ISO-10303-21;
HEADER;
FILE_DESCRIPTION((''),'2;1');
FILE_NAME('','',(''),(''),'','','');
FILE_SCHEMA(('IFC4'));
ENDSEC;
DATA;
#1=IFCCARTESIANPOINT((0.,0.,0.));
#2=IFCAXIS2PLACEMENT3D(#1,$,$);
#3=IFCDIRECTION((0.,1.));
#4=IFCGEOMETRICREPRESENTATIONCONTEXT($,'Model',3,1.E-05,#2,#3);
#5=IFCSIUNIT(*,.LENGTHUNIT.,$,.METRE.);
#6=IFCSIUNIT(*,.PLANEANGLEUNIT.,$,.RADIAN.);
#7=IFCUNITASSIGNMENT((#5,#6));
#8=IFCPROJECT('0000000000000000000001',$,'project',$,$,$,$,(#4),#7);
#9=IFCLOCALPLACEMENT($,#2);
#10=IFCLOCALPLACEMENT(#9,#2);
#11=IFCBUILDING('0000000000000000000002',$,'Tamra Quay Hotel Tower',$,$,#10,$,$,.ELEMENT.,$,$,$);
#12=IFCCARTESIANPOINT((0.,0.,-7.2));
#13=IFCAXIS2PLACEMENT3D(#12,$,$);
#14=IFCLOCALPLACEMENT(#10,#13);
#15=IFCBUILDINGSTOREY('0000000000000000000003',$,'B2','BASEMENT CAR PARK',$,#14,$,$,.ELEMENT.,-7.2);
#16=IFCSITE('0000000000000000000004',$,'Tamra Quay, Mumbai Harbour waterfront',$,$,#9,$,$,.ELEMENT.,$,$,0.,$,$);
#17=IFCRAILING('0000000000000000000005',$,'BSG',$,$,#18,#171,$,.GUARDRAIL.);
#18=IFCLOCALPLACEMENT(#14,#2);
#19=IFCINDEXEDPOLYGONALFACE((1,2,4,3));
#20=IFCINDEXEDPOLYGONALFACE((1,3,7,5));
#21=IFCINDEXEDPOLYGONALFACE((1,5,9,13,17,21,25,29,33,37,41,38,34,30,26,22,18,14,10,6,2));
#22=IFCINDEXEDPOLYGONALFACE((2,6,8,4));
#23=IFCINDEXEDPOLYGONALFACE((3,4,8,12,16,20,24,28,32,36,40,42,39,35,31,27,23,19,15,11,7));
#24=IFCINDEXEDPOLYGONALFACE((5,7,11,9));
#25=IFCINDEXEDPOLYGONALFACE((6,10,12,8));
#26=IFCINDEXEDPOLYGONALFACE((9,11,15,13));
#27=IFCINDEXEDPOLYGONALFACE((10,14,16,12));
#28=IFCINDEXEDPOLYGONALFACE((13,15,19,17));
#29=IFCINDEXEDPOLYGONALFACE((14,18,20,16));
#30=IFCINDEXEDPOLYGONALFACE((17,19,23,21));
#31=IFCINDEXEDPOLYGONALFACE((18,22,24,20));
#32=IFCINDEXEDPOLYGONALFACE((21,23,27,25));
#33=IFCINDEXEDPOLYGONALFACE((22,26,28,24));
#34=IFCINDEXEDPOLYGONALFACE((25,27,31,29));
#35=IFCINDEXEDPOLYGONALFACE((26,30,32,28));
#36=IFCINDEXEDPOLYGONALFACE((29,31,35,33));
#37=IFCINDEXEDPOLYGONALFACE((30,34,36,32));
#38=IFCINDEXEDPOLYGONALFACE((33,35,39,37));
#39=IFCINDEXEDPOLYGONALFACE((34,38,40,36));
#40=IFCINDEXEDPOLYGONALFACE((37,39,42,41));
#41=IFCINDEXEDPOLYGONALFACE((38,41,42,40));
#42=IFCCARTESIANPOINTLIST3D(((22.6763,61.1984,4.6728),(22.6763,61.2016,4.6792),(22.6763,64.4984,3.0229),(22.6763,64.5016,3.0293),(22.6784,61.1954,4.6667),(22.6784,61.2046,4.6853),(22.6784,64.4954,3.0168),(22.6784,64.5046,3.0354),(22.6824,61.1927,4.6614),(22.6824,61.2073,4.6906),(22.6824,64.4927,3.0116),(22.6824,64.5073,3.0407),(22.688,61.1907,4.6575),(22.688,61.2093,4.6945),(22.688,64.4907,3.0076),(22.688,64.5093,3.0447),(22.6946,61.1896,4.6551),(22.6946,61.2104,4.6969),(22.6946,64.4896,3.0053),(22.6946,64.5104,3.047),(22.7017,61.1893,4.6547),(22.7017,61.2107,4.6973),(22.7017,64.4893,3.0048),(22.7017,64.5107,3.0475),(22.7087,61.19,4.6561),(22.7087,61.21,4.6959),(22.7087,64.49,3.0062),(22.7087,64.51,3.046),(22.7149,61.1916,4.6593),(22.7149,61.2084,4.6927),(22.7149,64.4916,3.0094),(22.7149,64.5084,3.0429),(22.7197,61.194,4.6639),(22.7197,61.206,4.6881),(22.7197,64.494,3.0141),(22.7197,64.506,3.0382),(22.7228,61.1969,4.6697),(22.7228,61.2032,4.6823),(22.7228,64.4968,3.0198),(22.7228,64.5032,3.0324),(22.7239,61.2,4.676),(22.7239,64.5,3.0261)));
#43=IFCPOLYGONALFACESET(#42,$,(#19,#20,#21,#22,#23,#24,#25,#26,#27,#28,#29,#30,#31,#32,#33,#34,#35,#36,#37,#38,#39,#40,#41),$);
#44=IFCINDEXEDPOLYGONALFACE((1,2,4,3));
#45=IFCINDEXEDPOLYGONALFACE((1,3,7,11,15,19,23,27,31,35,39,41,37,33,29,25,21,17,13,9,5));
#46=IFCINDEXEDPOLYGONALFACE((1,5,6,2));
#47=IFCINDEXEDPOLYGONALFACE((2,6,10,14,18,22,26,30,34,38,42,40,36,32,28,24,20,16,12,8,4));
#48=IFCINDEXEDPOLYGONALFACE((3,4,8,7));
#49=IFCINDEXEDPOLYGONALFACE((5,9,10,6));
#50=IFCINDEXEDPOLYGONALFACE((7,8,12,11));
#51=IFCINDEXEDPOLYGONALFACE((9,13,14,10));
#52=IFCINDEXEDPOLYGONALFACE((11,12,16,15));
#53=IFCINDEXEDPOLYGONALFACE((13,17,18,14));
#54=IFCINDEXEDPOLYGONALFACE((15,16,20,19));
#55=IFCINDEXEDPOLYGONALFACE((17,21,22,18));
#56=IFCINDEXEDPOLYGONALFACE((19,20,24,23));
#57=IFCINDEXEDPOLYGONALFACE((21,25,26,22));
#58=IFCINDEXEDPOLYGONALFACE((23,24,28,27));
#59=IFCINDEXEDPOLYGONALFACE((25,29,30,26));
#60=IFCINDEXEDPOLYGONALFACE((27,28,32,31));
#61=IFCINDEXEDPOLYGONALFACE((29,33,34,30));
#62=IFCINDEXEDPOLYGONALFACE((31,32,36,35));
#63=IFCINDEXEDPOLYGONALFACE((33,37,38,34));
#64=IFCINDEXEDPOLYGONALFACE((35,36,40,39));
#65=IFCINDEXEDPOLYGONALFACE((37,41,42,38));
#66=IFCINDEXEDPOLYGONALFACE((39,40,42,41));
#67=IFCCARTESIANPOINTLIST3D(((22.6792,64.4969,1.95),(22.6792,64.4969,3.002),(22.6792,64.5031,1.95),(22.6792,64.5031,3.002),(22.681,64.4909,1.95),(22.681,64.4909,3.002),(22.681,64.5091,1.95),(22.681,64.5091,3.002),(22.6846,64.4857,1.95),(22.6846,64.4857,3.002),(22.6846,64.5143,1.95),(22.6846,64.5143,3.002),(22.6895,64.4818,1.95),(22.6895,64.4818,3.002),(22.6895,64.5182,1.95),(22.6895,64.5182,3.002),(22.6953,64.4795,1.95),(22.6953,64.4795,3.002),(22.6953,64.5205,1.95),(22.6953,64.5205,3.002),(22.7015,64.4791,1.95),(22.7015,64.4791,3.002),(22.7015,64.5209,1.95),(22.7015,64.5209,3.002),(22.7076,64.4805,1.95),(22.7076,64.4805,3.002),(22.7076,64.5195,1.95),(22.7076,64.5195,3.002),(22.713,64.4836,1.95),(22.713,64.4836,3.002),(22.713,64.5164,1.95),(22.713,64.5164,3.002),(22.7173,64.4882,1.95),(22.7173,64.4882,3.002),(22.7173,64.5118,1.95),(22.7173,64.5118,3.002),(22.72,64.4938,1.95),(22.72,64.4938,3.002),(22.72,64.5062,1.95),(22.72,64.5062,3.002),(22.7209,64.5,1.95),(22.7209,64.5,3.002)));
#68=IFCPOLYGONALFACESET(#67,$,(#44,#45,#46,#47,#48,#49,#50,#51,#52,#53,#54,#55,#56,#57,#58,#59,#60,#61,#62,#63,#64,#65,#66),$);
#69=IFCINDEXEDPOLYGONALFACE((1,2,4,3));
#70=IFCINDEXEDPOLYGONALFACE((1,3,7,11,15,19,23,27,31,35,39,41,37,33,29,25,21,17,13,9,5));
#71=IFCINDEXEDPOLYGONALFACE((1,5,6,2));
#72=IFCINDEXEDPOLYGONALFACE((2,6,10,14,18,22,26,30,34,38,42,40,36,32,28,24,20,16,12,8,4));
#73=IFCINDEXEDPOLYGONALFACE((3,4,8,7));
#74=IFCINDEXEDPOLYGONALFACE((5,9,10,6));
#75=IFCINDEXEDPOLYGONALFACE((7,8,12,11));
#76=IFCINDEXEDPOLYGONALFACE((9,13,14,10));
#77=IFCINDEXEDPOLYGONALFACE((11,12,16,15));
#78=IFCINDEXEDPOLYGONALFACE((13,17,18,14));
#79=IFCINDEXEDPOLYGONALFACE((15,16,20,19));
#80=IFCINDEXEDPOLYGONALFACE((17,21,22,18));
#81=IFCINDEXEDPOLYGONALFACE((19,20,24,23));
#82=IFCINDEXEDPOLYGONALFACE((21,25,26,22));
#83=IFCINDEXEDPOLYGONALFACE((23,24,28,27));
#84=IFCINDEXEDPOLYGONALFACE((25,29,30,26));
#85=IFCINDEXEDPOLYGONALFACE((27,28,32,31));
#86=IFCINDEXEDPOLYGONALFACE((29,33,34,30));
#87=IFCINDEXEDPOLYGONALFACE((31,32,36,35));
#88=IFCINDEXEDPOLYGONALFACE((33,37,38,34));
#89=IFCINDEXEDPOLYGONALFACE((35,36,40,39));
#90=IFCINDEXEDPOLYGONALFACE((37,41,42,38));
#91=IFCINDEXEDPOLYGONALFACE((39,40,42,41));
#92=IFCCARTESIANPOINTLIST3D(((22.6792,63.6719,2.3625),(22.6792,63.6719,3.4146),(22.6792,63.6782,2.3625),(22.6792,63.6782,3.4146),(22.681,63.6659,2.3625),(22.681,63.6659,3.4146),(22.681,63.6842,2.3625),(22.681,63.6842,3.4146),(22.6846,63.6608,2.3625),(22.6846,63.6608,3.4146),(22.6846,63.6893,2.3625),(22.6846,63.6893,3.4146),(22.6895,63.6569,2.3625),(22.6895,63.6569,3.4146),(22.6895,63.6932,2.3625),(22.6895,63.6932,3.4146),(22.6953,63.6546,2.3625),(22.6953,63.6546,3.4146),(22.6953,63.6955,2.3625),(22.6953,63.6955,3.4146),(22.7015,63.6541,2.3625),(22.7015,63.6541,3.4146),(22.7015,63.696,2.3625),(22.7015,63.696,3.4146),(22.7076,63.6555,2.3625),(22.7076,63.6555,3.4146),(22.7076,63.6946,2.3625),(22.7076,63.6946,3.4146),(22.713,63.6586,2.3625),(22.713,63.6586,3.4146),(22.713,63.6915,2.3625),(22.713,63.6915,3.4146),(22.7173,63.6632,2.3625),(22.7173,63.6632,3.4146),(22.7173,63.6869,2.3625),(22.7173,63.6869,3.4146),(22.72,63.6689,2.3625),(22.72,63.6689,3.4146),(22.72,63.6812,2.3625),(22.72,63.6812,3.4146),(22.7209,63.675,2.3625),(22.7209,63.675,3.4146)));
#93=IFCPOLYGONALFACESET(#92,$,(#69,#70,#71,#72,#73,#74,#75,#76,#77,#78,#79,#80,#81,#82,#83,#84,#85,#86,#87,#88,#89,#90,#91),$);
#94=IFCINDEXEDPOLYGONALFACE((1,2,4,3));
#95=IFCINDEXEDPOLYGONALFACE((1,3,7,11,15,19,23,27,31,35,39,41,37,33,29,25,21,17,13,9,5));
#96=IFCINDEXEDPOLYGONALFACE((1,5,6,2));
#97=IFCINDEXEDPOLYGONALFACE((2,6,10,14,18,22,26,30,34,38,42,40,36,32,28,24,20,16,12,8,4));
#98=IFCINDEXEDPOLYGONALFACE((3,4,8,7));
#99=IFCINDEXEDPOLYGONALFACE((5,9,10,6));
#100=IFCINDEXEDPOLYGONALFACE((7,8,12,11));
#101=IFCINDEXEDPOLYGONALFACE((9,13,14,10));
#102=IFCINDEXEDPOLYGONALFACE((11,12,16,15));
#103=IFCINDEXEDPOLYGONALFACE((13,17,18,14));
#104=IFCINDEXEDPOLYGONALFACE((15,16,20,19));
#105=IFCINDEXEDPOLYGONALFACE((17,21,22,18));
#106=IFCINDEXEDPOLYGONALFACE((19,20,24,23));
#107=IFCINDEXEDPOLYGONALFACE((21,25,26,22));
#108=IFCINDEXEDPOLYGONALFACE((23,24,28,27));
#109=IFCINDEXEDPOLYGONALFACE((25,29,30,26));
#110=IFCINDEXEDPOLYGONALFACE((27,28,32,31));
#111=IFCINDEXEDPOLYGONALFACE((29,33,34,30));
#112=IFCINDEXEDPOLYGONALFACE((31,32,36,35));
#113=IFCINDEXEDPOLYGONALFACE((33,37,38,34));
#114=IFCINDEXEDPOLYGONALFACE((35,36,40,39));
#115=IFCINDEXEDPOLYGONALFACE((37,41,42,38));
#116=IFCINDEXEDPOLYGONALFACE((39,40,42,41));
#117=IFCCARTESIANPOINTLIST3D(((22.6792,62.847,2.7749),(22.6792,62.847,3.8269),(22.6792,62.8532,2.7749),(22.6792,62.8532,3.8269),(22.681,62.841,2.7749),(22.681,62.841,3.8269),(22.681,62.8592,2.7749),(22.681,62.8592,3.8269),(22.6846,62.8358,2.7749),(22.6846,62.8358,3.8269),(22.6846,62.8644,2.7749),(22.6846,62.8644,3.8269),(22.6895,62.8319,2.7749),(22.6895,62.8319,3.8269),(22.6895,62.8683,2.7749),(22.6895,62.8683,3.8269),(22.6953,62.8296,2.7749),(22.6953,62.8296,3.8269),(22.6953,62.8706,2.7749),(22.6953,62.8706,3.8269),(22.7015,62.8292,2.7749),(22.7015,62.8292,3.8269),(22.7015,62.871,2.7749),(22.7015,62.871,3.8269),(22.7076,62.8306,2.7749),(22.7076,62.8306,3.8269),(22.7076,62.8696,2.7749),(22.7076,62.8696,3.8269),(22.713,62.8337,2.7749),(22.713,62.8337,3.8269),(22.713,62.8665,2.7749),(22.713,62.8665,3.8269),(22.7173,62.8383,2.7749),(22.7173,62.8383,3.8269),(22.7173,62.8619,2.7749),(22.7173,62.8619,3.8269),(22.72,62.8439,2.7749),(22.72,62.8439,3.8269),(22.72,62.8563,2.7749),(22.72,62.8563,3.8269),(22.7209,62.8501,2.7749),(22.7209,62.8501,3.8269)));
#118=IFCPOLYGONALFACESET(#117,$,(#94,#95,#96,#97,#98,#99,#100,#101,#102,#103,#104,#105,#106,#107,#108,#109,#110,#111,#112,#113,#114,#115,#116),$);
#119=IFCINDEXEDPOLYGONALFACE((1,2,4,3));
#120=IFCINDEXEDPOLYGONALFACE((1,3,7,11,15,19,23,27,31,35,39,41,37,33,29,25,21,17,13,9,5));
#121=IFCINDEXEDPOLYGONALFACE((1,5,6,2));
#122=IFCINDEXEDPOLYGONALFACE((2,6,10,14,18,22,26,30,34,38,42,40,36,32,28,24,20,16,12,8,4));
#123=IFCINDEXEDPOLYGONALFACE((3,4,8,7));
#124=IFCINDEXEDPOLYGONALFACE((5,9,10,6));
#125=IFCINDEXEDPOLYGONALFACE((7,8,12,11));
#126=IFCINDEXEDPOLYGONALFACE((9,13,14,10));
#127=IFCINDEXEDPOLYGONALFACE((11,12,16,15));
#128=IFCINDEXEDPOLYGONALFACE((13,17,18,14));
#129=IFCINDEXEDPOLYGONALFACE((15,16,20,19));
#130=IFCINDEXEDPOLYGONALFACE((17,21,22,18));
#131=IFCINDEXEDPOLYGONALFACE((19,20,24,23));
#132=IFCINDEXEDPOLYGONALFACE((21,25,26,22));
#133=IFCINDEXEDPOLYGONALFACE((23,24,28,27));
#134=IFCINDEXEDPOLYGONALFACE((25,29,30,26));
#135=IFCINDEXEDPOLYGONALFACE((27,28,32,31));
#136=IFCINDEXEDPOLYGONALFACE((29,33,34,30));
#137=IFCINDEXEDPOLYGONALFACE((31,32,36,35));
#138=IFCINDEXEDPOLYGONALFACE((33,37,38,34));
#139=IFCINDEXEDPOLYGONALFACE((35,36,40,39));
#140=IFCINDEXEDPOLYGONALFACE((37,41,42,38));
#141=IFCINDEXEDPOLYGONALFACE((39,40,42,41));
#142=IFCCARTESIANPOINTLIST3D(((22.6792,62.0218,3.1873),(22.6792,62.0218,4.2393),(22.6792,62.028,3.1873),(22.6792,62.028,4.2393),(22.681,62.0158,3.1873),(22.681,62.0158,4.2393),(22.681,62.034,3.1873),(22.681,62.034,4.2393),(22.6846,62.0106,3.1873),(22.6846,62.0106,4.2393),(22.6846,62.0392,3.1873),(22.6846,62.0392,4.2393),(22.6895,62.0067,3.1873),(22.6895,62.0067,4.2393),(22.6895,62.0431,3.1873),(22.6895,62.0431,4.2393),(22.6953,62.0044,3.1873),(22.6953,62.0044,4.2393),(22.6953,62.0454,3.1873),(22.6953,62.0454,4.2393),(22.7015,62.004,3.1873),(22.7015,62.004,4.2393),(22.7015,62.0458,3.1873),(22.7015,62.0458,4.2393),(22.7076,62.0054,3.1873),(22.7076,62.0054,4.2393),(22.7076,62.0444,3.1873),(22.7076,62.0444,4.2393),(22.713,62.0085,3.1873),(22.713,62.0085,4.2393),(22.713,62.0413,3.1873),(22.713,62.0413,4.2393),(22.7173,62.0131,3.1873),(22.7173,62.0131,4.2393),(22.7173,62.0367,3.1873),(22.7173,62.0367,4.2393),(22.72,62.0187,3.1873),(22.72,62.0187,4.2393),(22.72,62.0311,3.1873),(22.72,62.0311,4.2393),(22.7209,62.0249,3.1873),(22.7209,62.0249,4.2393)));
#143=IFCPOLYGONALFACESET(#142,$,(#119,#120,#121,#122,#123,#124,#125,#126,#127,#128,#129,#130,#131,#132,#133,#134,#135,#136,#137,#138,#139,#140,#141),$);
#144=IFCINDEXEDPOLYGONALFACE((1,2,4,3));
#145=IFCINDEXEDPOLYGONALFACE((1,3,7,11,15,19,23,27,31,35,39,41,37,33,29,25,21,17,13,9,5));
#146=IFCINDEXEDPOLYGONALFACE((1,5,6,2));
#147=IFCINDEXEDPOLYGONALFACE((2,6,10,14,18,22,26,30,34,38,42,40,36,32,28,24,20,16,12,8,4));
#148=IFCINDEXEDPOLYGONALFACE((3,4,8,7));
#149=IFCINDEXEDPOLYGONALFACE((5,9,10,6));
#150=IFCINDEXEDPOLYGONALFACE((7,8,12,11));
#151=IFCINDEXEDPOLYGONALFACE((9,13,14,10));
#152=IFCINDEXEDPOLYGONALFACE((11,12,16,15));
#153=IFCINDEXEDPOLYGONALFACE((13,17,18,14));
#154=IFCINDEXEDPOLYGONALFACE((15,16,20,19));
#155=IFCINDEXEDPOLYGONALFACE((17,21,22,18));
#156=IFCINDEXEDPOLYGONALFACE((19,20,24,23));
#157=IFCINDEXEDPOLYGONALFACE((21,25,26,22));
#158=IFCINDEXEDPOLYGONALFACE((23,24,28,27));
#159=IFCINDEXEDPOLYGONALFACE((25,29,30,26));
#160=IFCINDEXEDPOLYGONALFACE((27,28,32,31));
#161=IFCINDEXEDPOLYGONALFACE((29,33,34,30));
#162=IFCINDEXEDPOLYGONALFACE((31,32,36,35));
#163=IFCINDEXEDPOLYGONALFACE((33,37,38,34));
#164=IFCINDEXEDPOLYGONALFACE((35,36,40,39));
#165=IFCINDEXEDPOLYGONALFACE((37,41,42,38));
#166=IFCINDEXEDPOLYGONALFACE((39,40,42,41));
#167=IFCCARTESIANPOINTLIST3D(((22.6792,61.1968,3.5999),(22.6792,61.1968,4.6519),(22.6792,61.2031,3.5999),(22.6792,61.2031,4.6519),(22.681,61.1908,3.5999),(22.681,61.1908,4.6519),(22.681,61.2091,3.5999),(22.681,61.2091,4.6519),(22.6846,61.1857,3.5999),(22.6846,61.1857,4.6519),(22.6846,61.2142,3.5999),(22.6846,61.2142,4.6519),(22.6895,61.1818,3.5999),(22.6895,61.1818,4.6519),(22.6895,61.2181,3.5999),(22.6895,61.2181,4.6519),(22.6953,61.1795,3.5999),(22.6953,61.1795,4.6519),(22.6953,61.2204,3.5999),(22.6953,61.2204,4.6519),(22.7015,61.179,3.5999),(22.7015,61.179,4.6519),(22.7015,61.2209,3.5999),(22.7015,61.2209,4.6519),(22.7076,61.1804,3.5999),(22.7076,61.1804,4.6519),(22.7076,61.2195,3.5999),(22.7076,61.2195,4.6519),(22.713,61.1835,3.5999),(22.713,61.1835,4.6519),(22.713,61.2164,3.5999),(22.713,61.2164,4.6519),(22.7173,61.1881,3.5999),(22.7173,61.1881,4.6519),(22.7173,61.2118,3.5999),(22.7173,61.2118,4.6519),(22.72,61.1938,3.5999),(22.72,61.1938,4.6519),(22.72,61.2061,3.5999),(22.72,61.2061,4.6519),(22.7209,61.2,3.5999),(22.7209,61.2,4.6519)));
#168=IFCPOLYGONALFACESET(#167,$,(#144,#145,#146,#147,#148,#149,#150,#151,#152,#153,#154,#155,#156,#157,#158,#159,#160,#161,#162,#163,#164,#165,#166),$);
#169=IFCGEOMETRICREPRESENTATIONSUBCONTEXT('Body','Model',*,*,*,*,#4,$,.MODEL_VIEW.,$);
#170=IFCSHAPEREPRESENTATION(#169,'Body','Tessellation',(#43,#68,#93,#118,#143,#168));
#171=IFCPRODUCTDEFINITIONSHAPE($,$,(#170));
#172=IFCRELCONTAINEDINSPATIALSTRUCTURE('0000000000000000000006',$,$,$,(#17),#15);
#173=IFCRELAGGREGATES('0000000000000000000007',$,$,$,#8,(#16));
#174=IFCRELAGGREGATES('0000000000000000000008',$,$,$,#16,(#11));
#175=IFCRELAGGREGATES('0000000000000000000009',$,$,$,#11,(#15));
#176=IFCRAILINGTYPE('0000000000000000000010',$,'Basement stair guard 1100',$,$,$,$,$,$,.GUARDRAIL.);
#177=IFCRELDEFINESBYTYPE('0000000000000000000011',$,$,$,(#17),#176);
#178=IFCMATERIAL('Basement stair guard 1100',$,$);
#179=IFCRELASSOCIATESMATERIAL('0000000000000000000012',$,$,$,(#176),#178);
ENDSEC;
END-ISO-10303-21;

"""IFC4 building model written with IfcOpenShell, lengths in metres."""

from ifc_helpers import new_model, si_unit, direction, frame, origin, origin_2d, place, context, subcontext, project, spatial, circle, extrude, material, type_object, element, save


model = new_model("IFC4")

# Units and contexts
model_context = context("Model", 3, precision=1e-05, world=origin(), true_north=direction((0.0, 1.0)))
body_context = subcontext(model_context, "Body", "Model", "MODEL_VIEW")
ifc_project = project(units=[si_unit("LENGTHUNIT", "METRE"), si_unit("PLANEANGLEUNIT", "RADIAN")], contexts=[model_context])

# Site, building, storey
site_placement = place(None, origin())
site = spatial("IfcSite", under=ifc_project, at=site_placement, Name="Tamra Quay, Mumbai Harbour waterfront", CompositionType="ELEMENT", RefElevation=0.0)
building_placement = place(site_placement, origin())
building = spatial("IfcBuilding", under=site, at=building_placement, Name="Tamra Quay Hotel Tower", CompositionType="ELEMENT")
storey_placement = place(building_placement, frame((0.0, 0.0, -7.2)))
storey = spatial("IfcBuildingStorey", under=building, at=storey_placement, Name="B2", Description="BASEMENT CAR PARK", CompositionType="ELEMENT", Elevation=-7.2)

# Railing
ifc_material_1 = material(Name="Basement stair guard 1100")
railing_type_1 = type_object("IfcRailingType", Name="Basement stair guard 1100", PredefinedType="GUARDRAIL", material=ifc_material_1)
railing_1_placement = place(storey_placement, frame((22.7, 64.5, 1.95)))
element("IfcRailing", 1, at=railing_1_placement, inside=storey, type_object=railing_type_1, Name="BSG", PredefinedType="GUARDRAIL", context=body_context, shape_type="SweptSolid", body=[
    extrude(circle(Radius=0.0239, at=origin_2d()), frame((0.0, 0.0, 1.0762), z_axis=(0.0, -0.89444, 0.447187), x_axis=(1.0, 0.0, 0.0)), (0.0, 0.0, 1.0), 3.6895),
    extrude(circle(Radius=0.021, at=origin_2d()), origin(), (0.0, 0.0, 1.0), 1.052),
    extrude(circle(Radius=0.021, at=origin_2d()), frame((0.0, -0.825, 0.4126)), (0.0, 0.0, 1.0), 1.052),
    extrude(circle(Radius=0.021, at=origin_2d()), frame((0.0, -1.6499, 0.825)), (0.0, 0.0, 1.0), 1.052),
    extrude(circle(Radius=0.021, at=origin_2d()), frame((0.0, -2.4751, 1.2373)), (0.0, 0.0, 1.0), 1.052),
    extrude(circle(Radius=0.021, at=origin_2d()), frame((0.0, -3.3, 1.6499)), (0.0, 0.0, 1.0), 1.052),
])

save(model, "model.ifc")
